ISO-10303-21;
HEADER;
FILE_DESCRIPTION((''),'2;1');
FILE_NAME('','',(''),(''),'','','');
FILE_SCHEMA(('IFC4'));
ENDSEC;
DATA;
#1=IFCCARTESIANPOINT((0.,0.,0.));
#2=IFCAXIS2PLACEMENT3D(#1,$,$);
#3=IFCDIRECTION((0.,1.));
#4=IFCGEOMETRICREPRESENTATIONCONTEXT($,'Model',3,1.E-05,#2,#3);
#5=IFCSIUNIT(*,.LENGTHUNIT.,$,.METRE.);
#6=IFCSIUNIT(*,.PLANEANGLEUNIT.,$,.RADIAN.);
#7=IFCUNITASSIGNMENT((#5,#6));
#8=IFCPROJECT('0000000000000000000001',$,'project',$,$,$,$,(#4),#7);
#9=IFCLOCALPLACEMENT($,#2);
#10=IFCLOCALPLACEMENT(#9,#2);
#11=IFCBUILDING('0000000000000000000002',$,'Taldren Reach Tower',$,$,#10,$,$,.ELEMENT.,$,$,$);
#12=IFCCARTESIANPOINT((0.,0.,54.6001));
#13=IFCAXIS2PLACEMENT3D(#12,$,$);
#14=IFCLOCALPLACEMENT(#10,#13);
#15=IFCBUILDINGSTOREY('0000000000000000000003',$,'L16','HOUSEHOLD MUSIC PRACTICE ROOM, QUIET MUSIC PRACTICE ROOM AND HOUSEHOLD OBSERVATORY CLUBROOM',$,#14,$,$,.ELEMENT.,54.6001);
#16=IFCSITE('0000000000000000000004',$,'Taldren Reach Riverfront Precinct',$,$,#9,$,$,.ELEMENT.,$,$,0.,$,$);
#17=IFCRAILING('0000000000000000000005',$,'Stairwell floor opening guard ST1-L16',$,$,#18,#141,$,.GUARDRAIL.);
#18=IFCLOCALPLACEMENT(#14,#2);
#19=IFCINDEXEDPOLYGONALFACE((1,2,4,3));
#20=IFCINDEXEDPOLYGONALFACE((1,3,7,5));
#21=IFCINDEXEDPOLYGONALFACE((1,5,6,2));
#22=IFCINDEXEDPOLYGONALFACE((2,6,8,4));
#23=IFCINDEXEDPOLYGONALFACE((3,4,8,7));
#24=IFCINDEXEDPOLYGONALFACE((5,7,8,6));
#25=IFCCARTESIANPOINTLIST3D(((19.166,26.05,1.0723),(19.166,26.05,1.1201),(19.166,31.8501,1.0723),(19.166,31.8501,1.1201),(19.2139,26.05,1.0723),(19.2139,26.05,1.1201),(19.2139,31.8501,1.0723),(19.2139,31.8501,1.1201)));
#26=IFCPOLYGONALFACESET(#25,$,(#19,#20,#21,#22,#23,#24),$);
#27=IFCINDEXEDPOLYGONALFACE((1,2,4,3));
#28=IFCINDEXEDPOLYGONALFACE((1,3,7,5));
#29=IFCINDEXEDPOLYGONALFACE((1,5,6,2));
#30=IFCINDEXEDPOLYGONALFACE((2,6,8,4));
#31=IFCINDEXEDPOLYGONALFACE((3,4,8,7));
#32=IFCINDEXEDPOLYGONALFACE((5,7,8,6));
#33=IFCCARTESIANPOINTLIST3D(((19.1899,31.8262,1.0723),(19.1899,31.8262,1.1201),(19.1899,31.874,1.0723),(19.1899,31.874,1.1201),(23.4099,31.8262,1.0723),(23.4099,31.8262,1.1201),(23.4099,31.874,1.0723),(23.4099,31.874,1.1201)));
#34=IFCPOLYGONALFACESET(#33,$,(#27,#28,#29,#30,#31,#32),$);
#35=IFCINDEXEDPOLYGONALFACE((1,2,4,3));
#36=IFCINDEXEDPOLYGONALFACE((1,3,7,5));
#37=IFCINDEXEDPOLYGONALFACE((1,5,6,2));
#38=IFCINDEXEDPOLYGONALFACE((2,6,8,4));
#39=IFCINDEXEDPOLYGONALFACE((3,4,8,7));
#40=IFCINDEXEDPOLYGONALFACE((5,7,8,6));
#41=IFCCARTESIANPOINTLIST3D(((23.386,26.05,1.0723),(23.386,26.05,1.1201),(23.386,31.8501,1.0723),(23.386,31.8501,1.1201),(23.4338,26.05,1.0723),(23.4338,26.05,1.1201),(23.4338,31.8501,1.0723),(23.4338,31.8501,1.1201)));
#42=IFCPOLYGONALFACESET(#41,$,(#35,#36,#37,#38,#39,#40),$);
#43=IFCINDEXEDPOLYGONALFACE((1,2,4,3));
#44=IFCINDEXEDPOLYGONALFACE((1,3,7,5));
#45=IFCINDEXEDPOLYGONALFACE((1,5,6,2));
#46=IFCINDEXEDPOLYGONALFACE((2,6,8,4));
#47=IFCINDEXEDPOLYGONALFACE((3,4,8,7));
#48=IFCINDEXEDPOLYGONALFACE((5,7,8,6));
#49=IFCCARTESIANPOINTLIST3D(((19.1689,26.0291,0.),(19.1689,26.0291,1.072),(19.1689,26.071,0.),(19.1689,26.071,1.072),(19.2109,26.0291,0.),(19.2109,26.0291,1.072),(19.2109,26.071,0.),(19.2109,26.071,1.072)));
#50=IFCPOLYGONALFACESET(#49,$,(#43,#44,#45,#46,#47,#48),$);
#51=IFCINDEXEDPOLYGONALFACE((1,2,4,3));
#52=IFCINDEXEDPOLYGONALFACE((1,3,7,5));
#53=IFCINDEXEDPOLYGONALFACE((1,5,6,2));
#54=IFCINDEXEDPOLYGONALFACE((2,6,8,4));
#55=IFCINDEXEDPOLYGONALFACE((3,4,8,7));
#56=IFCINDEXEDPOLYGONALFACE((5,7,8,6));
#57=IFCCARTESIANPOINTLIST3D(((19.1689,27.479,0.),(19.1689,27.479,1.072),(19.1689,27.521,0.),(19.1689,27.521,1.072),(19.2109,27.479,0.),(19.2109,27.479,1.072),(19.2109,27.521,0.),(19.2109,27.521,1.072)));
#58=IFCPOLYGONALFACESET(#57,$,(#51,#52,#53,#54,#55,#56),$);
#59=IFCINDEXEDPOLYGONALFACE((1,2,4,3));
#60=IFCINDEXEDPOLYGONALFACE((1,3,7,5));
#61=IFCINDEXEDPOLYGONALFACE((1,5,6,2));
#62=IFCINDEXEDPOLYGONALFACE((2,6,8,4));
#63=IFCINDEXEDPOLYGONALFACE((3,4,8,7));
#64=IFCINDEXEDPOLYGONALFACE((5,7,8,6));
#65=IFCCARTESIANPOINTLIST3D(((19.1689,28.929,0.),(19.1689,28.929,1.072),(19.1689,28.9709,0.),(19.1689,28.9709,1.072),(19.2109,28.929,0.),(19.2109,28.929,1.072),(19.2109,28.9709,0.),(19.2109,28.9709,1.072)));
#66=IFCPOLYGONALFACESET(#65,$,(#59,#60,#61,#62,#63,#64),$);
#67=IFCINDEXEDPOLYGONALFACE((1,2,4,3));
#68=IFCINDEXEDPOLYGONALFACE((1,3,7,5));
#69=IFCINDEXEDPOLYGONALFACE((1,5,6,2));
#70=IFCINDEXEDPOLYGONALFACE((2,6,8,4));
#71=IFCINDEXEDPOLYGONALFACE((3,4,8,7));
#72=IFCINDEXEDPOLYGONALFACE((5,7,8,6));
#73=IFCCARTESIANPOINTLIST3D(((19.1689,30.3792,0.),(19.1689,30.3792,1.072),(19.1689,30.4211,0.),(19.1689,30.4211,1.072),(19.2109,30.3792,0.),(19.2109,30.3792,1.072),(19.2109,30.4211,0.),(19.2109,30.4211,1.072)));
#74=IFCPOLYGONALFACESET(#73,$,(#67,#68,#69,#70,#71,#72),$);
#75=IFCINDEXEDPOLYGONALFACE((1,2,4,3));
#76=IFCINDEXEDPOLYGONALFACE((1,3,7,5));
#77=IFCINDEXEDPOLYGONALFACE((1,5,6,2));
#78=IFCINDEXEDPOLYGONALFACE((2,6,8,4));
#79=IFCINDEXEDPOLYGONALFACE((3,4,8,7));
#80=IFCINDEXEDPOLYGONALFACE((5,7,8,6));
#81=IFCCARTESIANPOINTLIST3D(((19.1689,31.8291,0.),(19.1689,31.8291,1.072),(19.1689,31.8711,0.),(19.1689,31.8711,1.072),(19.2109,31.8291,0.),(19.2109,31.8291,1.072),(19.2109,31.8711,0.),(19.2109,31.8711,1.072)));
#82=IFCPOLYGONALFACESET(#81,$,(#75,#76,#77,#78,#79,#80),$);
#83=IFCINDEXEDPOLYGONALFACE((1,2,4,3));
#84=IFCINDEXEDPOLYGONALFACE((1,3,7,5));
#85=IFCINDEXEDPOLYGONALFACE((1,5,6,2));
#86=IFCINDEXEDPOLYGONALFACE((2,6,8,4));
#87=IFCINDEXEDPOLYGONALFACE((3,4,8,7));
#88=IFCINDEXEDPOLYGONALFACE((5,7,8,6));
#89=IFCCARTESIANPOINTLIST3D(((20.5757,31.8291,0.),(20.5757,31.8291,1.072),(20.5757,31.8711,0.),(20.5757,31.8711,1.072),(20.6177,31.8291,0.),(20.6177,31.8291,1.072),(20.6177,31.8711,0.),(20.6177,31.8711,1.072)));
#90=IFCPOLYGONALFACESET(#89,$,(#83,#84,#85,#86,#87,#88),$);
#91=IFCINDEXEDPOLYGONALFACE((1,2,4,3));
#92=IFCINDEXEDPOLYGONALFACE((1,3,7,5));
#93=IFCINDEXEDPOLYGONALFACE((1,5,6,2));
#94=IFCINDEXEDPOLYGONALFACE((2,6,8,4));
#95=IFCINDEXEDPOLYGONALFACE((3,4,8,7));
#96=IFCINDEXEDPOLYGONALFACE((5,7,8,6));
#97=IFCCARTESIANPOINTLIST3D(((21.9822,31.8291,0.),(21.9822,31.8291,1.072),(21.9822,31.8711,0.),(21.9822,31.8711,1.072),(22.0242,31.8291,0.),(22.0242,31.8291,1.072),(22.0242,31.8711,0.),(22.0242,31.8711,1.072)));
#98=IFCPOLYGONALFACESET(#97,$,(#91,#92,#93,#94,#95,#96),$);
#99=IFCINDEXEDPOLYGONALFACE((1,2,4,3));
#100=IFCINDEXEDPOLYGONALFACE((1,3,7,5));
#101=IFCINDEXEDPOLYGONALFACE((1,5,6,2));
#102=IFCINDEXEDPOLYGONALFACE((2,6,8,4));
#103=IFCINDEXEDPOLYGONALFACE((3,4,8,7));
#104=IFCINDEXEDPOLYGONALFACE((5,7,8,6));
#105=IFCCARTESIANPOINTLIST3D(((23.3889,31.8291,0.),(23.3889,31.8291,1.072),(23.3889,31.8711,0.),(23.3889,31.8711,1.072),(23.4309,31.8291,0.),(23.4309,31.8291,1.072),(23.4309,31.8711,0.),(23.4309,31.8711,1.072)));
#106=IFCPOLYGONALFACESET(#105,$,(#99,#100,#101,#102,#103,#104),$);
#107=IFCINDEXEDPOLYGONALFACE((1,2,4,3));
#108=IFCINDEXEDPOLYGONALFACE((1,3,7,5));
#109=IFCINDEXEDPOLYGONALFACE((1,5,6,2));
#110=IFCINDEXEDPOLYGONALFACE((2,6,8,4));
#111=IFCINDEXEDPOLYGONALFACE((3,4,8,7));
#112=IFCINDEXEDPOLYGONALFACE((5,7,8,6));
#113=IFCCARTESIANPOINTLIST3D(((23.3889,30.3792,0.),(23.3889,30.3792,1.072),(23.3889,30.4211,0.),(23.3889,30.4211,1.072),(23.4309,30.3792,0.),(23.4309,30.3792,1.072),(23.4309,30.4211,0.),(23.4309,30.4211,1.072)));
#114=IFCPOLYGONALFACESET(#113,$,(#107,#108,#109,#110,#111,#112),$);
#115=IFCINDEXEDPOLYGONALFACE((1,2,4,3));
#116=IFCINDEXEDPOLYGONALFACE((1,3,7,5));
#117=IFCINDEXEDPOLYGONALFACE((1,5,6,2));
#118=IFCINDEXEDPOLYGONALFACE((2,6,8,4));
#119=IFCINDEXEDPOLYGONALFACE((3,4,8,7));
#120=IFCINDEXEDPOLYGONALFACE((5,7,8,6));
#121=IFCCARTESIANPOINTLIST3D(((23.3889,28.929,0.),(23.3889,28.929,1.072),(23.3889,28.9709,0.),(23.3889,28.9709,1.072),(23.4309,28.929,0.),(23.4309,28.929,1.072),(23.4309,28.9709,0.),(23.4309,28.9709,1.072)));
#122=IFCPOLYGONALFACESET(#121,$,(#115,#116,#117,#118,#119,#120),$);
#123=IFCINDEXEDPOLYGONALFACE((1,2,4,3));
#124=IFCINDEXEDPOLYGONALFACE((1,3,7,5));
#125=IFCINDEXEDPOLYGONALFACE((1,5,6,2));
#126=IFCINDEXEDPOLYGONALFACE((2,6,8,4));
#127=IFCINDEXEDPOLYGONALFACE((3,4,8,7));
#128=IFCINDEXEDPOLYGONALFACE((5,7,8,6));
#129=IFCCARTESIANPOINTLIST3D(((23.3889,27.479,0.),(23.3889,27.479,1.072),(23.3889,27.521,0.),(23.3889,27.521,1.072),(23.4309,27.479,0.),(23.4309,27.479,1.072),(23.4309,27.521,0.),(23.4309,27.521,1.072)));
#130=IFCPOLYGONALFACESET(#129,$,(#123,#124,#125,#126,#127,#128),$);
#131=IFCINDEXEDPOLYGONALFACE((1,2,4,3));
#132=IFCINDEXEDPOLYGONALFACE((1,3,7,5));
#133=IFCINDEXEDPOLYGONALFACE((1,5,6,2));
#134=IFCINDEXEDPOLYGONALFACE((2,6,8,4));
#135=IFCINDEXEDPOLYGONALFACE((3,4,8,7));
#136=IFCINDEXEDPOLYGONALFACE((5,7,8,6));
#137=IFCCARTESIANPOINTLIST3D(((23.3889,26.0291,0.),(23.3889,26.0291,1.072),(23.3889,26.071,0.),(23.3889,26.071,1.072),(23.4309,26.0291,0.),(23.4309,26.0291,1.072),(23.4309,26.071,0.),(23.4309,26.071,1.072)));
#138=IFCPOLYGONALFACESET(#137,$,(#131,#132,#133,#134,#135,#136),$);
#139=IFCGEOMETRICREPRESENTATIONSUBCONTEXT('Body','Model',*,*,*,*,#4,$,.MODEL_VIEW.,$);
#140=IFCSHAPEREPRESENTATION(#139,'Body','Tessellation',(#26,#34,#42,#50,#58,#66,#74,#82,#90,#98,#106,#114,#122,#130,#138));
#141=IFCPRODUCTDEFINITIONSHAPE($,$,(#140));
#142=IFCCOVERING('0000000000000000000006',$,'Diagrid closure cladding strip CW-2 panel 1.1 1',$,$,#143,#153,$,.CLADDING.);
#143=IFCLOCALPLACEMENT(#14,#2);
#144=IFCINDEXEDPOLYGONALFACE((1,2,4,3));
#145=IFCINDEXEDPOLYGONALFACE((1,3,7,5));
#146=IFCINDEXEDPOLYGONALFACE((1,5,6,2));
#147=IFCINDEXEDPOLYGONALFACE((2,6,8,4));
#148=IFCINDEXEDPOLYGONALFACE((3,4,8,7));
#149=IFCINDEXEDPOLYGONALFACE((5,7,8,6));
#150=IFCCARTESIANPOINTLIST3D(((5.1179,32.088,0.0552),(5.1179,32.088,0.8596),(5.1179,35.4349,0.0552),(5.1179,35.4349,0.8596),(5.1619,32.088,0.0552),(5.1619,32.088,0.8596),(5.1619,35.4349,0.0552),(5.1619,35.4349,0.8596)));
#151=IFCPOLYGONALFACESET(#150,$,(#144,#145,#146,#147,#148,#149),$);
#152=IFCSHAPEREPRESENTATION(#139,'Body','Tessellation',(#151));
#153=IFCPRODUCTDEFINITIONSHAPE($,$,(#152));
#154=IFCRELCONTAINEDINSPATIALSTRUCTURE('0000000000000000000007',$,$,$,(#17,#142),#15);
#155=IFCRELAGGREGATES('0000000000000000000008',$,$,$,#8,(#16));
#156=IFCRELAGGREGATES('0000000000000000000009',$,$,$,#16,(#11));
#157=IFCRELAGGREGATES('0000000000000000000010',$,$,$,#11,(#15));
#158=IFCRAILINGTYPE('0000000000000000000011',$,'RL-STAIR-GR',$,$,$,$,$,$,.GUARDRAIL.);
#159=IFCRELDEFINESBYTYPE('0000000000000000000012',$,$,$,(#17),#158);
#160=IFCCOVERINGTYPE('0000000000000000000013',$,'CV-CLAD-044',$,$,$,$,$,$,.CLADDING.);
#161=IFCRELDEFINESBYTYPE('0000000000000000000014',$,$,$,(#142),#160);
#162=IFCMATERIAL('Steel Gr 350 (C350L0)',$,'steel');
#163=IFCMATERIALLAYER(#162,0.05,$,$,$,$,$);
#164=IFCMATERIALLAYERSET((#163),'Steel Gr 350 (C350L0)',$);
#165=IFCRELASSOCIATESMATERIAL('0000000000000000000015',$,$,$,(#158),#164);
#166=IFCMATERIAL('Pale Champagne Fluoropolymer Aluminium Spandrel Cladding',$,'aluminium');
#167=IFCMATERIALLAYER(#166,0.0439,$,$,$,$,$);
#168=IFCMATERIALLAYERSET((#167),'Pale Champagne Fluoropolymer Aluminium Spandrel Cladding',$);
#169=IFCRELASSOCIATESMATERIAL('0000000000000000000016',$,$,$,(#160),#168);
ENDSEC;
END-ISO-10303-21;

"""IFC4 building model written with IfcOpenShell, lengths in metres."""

from ifc_helpers import new_model, si_unit, direction, frame, origin, origin_2d, place, context, subcontext, project, spatial, rectangle, extrude, source, transform, mapped, material, layer, layer_set, type_object, element, save


model = new_model("IFC4")

# Units and contexts
model_context = context("Model", 3, precision=1e-05, world=origin(), true_north=direction((0.0, 1.0)))
body_context = subcontext(model_context, "Body", "Model", "MODEL_VIEW")
ifc_project = project(units=[si_unit("LENGTHUNIT", "METRE"), si_unit("PLANEANGLEUNIT", "RADIAN")], contexts=[model_context])

# Site, building, storey
site_placement = place(None, origin())
site = spatial("IfcSite", under=ifc_project, at=site_placement, Name="Taldren Reach Riverfront Precinct", CompositionType="ELEMENT", RefElevation=0.0)
building_placement = place(site_placement, origin())
building = spatial("IfcBuilding", under=site, at=building_placement, Name="Taldren Reach Tower", CompositionType="ELEMENT")
storey_placement = place(building_placement, frame((0.0, 0.0, 54.6001)))
storey = spatial("IfcBuildingStorey", under=building, at=storey_placement, Name="L16", Description="HOUSEHOLD MUSIC PRACTICE ROOM, QUIET MUSIC PRACTICE ROOM AND HOUSEHOLD OBSERVATORY CLUBROOM", CompositionType="ELEMENT", Elevation=54.6001)

# Shared definitions
ifc_material_1 = material(Name="Steel Gr 350 (C350L0)", Category="steel")

# Railing
ifc_layer_1 = layer(ifc_material_1, 0.05)
ifc_layer_set_1 = layer_set([ifc_layer_1], Name="Steel Gr 350 (C350L0)")
railing_type = type_object("IfcRailingType", Name="RL-STAIR-GR", PredefinedType="GUARDRAIL", material=ifc_layer_set_1)
railing_placement = place(storey_placement, frame((19.1899, 26.05, 0.0)))
element("IfcRailing", 1, at=railing_placement, inside=storey, type_object=railing_type, Name="Stairwell floor opening guard ST1-L16", PredefinedType="GUARDRAIL", context=body_context, shape_type="SweptSolid", body=[
    extrude(rectangle(XDim=0.0479, YDim=0.0479, at=origin_2d()), frame((0.0, 0.0, 1.0962), z_axis=(0.0, 1.0, 0.0), x_axis=(-1.0, 0.0, 0.0)), (0.0, 0.0, 1.0), 5.8),
    extrude(rectangle(XDim=0.0479, YDim=0.0479, at=origin_2d()), frame((0.0, 5.8, 1.0962), z_axis=(1.0, 0.0, 0.0), x_axis=(0.0, 1.0, 0.0)), (0.0, 0.0, 1.0), 4.22),
    extrude(rectangle(XDim=0.0479, YDim=0.0479, at=origin_2d()), frame((4.22, 5.8, 1.0962), z_axis=(0.0, -1.0, 0.0), x_axis=(1.0, 0.0, 0.0)), (0.0, 0.0, 1.0), 5.8),
    extrude(rectangle(XDim=0.042, YDim=0.042, at=origin_2d()), origin(), (0.0, 0.0, 1.0), 1.072),
    extrude(rectangle(XDim=0.042, YDim=0.042, at=origin_2d()), frame((0.0, 1.45, 0.0)), (0.0, 0.0, 1.0), 1.072),
    extrude(rectangle(XDim=0.042, YDim=0.042, at=origin_2d()), frame((0.0, 2.8999, 0.0)), (0.0, 0.0, 1.0), 1.072),
    extrude(rectangle(XDim=0.042, YDim=0.042, at=origin_2d()), frame((0.0, 4.3501, 0.0)), (0.0, 0.0, 1.0), 1.072),
    extrude(rectangle(XDim=0.042, YDim=0.042, at=origin_2d()), frame((0.0, 5.8, 0.0)), (0.0, 0.0, 1.0), 1.072),
    extrude(rectangle(XDim=0.042, YDim=0.042, at=origin_2d()), frame((1.4067, 5.8, 0.0)), (0.0, 0.0, 1.0), 1.072),
    extrude(rectangle(XDim=0.042, YDim=0.042, at=origin_2d()), frame((2.8132, 5.8, 0.0)), (0.0, 0.0, 1.0), 1.072),
    extrude(rectangle(XDim=0.042, YDim=0.042, at=origin_2d()), frame((4.22, 5.8, 0.0)), (0.0, 0.0, 1.0), 1.072),
    extrude(rectangle(XDim=0.042, YDim=0.042, at=origin_2d()), frame((4.22, 4.3501, 0.0)), (0.0, 0.0, 1.0), 1.072),
    extrude(rectangle(XDim=0.042, YDim=0.042, at=origin_2d()), frame((4.22, 2.8999, 0.0)), (0.0, 0.0, 1.0), 1.072),
    extrude(rectangle(XDim=0.042, YDim=0.042, at=origin_2d()), frame((4.22, 1.45, 0.0)), (0.0, 0.0, 1.0), 1.072),
    extrude(rectangle(XDim=0.042, YDim=0.042, at=origin_2d()), frame((4.22, 0.0, 0.0)), (0.0, 0.0, 1.0), 1.072),
])

# Covering
ifc_material_2 = material(Name="Pale Champagne Fluoropolymer Aluminium Spandrel Cladding", Category="aluminium")
ifc_layer_2 = layer(ifc_material_2, 0.0439)
ifc_layer_set_2 = layer_set([ifc_layer_2], Name="Pale Champagne Fluoropolymer Aluminium Spandrel Cladding")
covering_type = type_object("IfcCoveringType", Name="CV-CLAD-044", PredefinedType="CLADDING", material=ifc_layer_set_2)
shared_shape_1 = source(origin(), body_context, "Body", "SweptSolid", [
    extrude(rectangle(XDim=3.3469, YDim=0.0439, at=origin_2d()), origin(), (0.0, 0.0, 1.0), 0.8044),
])
covering_placement = place(storey_placement, frame((5.1399, 33.7615, 0.0552), z_axis=(0.0, 0.0, 1.0), x_axis=(0.0, -1.0, 0.0)))
element("IfcCovering", 2, at=covering_placement, inside=storey, type_object=covering_type, Name="Diagrid closure cladding strip CW-2 panel 1.1 1", PredefinedType="CLADDING", context=body_context, shape_type="MappedRepresentation", body=[
    mapped(shared_shape_1, transform((0.0, 0.0, 0.0), scale=1.0)),
])

save(model, "model.ifc")
